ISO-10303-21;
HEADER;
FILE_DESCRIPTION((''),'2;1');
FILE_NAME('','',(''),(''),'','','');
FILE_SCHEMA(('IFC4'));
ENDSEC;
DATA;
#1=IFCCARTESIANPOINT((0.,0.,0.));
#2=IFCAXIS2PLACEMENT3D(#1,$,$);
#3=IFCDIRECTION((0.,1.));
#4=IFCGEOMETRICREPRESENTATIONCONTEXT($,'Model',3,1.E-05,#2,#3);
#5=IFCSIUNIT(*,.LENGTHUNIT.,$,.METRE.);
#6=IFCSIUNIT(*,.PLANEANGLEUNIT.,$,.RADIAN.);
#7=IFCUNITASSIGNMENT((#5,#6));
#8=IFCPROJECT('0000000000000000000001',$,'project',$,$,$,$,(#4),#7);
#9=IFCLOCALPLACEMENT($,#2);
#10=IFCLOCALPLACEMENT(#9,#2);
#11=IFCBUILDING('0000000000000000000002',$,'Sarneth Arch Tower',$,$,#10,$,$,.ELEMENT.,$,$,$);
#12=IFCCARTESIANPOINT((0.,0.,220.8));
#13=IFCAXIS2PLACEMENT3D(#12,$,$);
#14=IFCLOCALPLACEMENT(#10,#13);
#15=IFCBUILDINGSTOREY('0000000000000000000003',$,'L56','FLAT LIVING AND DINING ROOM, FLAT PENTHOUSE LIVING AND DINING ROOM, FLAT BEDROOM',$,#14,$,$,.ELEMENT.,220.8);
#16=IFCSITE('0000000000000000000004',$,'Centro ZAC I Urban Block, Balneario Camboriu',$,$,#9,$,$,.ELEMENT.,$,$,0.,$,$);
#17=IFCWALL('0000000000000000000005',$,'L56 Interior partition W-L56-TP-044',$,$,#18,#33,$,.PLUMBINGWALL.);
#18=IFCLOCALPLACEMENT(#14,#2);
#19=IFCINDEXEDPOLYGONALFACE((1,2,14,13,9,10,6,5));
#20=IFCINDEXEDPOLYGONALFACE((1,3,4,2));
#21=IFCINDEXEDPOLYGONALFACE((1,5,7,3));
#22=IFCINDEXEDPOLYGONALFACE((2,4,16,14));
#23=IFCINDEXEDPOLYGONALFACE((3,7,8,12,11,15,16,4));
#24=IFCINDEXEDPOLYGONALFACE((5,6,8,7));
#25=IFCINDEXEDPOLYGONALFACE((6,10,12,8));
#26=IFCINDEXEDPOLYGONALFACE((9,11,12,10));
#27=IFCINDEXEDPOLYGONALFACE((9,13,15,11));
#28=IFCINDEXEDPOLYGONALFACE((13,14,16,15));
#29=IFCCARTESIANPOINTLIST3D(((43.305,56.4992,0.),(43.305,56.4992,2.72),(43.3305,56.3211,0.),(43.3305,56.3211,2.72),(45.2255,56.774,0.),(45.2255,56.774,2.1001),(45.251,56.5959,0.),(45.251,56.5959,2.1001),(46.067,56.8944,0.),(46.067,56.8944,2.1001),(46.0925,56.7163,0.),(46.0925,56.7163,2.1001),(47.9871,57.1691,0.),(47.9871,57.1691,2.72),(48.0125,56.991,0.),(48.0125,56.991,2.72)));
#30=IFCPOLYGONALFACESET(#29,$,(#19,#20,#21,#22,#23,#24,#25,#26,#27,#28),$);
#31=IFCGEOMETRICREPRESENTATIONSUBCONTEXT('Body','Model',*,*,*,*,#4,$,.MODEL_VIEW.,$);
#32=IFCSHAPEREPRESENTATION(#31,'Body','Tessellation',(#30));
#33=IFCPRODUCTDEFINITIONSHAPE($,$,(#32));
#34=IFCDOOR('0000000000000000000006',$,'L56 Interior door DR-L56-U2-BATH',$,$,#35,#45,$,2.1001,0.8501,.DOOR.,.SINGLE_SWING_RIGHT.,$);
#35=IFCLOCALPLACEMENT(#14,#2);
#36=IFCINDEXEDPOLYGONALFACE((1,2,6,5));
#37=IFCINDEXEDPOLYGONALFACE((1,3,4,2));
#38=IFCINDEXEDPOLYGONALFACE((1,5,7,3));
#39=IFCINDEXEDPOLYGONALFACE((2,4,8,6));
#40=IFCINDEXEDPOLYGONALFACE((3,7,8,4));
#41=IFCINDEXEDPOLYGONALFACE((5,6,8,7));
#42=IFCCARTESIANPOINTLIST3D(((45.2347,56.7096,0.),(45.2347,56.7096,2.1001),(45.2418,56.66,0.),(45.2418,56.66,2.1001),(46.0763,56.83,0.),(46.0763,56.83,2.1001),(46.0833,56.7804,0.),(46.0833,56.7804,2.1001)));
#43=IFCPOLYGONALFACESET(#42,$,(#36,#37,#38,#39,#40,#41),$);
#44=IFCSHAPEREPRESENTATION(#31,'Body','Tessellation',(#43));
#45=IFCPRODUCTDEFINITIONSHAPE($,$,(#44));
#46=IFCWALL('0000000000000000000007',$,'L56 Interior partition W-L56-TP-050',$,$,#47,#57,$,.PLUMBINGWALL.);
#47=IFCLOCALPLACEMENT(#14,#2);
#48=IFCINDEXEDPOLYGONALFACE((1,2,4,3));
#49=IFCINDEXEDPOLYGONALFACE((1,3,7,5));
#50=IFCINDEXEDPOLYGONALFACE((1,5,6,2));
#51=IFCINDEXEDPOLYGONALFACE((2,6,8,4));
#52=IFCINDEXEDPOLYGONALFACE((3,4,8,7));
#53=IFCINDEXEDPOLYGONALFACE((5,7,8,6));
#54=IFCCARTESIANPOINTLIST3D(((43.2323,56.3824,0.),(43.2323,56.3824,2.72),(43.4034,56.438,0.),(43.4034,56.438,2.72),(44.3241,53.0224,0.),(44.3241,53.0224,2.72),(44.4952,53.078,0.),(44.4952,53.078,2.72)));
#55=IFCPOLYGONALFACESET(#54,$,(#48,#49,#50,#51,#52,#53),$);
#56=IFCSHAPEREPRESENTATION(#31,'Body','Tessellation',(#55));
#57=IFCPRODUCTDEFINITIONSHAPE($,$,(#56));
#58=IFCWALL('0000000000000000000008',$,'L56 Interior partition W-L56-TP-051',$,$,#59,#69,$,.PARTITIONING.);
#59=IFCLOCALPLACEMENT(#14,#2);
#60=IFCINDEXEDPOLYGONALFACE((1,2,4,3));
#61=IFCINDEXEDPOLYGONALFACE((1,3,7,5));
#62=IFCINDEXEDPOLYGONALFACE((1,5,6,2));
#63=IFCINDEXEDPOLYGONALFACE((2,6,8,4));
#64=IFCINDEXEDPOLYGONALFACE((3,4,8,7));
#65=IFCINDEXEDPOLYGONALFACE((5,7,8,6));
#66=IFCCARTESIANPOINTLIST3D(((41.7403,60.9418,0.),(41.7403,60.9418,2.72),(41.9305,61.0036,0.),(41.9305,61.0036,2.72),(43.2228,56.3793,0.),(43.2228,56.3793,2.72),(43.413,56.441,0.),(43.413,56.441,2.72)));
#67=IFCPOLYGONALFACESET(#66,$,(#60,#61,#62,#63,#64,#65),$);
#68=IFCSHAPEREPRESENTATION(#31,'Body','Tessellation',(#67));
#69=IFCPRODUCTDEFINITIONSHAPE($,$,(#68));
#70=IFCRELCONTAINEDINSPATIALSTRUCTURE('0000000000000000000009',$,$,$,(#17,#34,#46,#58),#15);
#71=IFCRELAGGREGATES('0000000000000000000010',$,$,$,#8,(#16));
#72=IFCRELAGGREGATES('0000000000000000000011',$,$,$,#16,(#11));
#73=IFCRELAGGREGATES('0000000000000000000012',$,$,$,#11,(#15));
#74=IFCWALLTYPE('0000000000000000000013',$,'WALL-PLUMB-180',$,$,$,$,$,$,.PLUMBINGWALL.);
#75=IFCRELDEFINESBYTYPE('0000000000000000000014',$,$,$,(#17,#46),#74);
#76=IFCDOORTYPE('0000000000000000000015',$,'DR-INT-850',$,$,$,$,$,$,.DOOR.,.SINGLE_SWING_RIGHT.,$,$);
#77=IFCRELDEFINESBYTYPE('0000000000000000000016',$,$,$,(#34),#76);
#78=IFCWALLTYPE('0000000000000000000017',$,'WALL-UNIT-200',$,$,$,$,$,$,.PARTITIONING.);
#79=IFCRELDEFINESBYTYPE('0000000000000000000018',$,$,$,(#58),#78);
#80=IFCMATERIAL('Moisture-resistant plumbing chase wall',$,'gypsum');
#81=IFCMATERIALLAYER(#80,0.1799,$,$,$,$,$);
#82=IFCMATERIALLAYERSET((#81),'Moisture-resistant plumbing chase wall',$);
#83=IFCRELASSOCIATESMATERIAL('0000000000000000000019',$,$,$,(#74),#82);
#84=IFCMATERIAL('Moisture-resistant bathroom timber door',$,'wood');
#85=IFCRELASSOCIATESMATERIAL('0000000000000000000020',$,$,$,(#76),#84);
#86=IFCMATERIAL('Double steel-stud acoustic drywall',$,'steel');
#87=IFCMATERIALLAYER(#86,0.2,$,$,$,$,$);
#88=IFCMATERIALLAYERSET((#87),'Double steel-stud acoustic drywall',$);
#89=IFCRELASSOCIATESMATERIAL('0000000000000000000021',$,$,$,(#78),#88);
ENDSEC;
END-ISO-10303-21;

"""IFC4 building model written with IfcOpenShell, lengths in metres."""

from ifc_helpers import new_model, si_unit, direction, frame, frame_2d, origin, place, context, subcontext, project, spatial, rectangle, extrude, material, layer, layer_set, type_object, element, fill, save


model = new_model("IFC4")

# Units and contexts
model_context = context("Model", 3, precision=1e-05, world=origin(), true_north=direction((0.0, 1.0)))
body_context = subcontext(model_context, "Body", "Model", "MODEL_VIEW")
ifc_project = project(units=[si_unit("LENGTHUNIT", "METRE"), si_unit("PLANEANGLEUNIT", "RADIAN")], contexts=[model_context])

# Site, building, storey
site_placement = place(None, origin())
site = spatial("IfcSite", under=ifc_project, at=site_placement, Name="Centro ZAC I Urban Block, Balneario Camboriu", CompositionType="ELEMENT", RefElevation=0.0)
building_placement = place(site_placement, origin())
building = spatial("IfcBuilding", under=site, at=building_placement, Name="Sarneth Arch Tower", CompositionType="ELEMENT")
storey_placement = place(building_placement, frame((0.0, 0.0, 220.8)))
storey = spatial("IfcBuildingStorey", under=building, at=storey_placement, Name="L56", Description="FLAT LIVING AND DINING ROOM, FLAT PENTHOUSE LIVING AND DINING ROOM, FLAT BEDROOM", CompositionType="ELEMENT", Elevation=220.8)

# Wall, opening, door
ifc_material_1 = material(Name="Moisture-resistant plumbing chase wall", Category="gypsum")
ifc_layer_1 = layer(ifc_material_1, 0.1799)
ifc_layer_set_1 = layer_set([ifc_layer_1], Name="Moisture-resistant plumbing chase wall")
wall_type_1 = type_object("IfcWallType", Name="WALL-PLUMB-180", PredefinedType="PLUMBINGWALL", material=ifc_layer_set_1)
wall_1_placement = place(storey_placement, frame((43.3179, 56.4102, 0.0), z_axis=(0.0, 0.0, 1.0), x_axis=(0.989918, 0.141638, 0.0)))
wall_1 = element("IfcWall", 1, at=wall_1_placement, inside=storey, type_object=wall_type_1, Name="L56 Interior partition W-L56-TP-044", PredefinedType="PLUMBINGWALL", context=body_context, shape_type="SweptSolid", body=[
    extrude(rectangle(XDim=4.7297, YDim=0.1799, at=frame_2d((2.3647, 0.0))), origin(), (0.0, 0.0, 1.0), 2.72),
])
opening_1_placement = place(wall_1_placement, frame((1.9399, 0.0, 0.0)))
opening_1 = element("IfcOpeningElement", 2, at=opening_1_placement, cuts=wall_1, PredefinedType="OPENING", context=body_context, shape_type="SweptSolid", body=[
    extrude(rectangle(XDim=0.8501, YDim=2.1001, at=frame_2d((0.425, 1.05))), frame((0.0, 0.0999, 0.0), z_axis=(0.0, -1.0, 0.0), x_axis=(1.0, 0.0, 0.0)), (0.0, 0.0, 1.0), 0.2),
])
ifc_material_2 = material(Name="Moisture-resistant bathroom timber door", Category="wood")
door_type_1 = type_object("IfcDoorType", Name="DR-INT-850", OperationType="SINGLE_SWING_RIGHT", PredefinedType="DOOR", material=ifc_material_2)
door_1_placement = place(opening_1_placement, origin())
door_1 = element("IfcDoor", 3, at=door_1_placement, inside=storey, type_object=door_type_1, Name="L56 Interior door DR-L56-U2-BATH", OperationType="SINGLE_SWING_RIGHT", OverallHeight=2.1001, OverallWidth=0.8501, PredefinedType="DOOR", context=body_context, shape_type="SweptSolid", body=[
    extrude(rectangle(XDim=0.8501, YDim=2.1001, at=frame_2d((0.425, 1.05))), frame((0.0, 0.0249, 0.0), z_axis=(0.0, -1.0, 0.0), x_axis=(1.0, 0.0, 0.0)), (0.0, 0.0, 1.0), 0.05),
])
fill(opening_1, door_1)

# Walls
wall_2_placement = place(storey_placement, frame((44.4097, 53.05, 0.0), z_axis=(0.0, 0.0, 1.0), x_axis=(-0.309025, 0.951054, 0.0)))
element("IfcWall", 4, at=wall_2_placement, inside=storey, type_object=wall_type_1, Name="L56 Interior partition W-L56-TP-050", PredefinedType="PLUMBINGWALL", context=body_context, shape_type="SweptSolid", body=[
    extrude(rectangle(XDim=3.533, YDim=0.1799, at=frame_2d((1.7666, 0.0))), origin(), (0.0, 0.0, 1.0), 2.72),
])
ifc_material_3 = material(Name="Double steel-stud acoustic drywall", Category="steel")
ifc_layer_2 = layer(ifc_material_3, 0.2)
ifc_layer_set_2 = layer_set([ifc_layer_2], Name="Double steel-stud acoustic drywall")
wall_type_2 = type_object("IfcWallType", Name="WALL-UNIT-200", PredefinedType="PARTITIONING", material=ifc_layer_set_2)
wall_3_placement = place(storey_placement, frame((43.3179, 56.4102, 0.0), z_axis=(0.0, 0.0, 1.0), x_axis=(-0.309012, 0.951058, 0.0)))
element("IfcWall", 5, at=wall_3_placement, inside=storey, type_object=wall_type_2, Name="L56 Interior partition W-L56-TP-051", PredefinedType="PARTITIONING", context=body_context, shape_type="SweptSolid", body=[
    extrude(rectangle(XDim=4.7974, YDim=0.2, at=frame_2d((2.3987, 0.0))), origin(), (0.0, 0.0, 1.0), 2.72),
])

save(model, "model.ifc")
